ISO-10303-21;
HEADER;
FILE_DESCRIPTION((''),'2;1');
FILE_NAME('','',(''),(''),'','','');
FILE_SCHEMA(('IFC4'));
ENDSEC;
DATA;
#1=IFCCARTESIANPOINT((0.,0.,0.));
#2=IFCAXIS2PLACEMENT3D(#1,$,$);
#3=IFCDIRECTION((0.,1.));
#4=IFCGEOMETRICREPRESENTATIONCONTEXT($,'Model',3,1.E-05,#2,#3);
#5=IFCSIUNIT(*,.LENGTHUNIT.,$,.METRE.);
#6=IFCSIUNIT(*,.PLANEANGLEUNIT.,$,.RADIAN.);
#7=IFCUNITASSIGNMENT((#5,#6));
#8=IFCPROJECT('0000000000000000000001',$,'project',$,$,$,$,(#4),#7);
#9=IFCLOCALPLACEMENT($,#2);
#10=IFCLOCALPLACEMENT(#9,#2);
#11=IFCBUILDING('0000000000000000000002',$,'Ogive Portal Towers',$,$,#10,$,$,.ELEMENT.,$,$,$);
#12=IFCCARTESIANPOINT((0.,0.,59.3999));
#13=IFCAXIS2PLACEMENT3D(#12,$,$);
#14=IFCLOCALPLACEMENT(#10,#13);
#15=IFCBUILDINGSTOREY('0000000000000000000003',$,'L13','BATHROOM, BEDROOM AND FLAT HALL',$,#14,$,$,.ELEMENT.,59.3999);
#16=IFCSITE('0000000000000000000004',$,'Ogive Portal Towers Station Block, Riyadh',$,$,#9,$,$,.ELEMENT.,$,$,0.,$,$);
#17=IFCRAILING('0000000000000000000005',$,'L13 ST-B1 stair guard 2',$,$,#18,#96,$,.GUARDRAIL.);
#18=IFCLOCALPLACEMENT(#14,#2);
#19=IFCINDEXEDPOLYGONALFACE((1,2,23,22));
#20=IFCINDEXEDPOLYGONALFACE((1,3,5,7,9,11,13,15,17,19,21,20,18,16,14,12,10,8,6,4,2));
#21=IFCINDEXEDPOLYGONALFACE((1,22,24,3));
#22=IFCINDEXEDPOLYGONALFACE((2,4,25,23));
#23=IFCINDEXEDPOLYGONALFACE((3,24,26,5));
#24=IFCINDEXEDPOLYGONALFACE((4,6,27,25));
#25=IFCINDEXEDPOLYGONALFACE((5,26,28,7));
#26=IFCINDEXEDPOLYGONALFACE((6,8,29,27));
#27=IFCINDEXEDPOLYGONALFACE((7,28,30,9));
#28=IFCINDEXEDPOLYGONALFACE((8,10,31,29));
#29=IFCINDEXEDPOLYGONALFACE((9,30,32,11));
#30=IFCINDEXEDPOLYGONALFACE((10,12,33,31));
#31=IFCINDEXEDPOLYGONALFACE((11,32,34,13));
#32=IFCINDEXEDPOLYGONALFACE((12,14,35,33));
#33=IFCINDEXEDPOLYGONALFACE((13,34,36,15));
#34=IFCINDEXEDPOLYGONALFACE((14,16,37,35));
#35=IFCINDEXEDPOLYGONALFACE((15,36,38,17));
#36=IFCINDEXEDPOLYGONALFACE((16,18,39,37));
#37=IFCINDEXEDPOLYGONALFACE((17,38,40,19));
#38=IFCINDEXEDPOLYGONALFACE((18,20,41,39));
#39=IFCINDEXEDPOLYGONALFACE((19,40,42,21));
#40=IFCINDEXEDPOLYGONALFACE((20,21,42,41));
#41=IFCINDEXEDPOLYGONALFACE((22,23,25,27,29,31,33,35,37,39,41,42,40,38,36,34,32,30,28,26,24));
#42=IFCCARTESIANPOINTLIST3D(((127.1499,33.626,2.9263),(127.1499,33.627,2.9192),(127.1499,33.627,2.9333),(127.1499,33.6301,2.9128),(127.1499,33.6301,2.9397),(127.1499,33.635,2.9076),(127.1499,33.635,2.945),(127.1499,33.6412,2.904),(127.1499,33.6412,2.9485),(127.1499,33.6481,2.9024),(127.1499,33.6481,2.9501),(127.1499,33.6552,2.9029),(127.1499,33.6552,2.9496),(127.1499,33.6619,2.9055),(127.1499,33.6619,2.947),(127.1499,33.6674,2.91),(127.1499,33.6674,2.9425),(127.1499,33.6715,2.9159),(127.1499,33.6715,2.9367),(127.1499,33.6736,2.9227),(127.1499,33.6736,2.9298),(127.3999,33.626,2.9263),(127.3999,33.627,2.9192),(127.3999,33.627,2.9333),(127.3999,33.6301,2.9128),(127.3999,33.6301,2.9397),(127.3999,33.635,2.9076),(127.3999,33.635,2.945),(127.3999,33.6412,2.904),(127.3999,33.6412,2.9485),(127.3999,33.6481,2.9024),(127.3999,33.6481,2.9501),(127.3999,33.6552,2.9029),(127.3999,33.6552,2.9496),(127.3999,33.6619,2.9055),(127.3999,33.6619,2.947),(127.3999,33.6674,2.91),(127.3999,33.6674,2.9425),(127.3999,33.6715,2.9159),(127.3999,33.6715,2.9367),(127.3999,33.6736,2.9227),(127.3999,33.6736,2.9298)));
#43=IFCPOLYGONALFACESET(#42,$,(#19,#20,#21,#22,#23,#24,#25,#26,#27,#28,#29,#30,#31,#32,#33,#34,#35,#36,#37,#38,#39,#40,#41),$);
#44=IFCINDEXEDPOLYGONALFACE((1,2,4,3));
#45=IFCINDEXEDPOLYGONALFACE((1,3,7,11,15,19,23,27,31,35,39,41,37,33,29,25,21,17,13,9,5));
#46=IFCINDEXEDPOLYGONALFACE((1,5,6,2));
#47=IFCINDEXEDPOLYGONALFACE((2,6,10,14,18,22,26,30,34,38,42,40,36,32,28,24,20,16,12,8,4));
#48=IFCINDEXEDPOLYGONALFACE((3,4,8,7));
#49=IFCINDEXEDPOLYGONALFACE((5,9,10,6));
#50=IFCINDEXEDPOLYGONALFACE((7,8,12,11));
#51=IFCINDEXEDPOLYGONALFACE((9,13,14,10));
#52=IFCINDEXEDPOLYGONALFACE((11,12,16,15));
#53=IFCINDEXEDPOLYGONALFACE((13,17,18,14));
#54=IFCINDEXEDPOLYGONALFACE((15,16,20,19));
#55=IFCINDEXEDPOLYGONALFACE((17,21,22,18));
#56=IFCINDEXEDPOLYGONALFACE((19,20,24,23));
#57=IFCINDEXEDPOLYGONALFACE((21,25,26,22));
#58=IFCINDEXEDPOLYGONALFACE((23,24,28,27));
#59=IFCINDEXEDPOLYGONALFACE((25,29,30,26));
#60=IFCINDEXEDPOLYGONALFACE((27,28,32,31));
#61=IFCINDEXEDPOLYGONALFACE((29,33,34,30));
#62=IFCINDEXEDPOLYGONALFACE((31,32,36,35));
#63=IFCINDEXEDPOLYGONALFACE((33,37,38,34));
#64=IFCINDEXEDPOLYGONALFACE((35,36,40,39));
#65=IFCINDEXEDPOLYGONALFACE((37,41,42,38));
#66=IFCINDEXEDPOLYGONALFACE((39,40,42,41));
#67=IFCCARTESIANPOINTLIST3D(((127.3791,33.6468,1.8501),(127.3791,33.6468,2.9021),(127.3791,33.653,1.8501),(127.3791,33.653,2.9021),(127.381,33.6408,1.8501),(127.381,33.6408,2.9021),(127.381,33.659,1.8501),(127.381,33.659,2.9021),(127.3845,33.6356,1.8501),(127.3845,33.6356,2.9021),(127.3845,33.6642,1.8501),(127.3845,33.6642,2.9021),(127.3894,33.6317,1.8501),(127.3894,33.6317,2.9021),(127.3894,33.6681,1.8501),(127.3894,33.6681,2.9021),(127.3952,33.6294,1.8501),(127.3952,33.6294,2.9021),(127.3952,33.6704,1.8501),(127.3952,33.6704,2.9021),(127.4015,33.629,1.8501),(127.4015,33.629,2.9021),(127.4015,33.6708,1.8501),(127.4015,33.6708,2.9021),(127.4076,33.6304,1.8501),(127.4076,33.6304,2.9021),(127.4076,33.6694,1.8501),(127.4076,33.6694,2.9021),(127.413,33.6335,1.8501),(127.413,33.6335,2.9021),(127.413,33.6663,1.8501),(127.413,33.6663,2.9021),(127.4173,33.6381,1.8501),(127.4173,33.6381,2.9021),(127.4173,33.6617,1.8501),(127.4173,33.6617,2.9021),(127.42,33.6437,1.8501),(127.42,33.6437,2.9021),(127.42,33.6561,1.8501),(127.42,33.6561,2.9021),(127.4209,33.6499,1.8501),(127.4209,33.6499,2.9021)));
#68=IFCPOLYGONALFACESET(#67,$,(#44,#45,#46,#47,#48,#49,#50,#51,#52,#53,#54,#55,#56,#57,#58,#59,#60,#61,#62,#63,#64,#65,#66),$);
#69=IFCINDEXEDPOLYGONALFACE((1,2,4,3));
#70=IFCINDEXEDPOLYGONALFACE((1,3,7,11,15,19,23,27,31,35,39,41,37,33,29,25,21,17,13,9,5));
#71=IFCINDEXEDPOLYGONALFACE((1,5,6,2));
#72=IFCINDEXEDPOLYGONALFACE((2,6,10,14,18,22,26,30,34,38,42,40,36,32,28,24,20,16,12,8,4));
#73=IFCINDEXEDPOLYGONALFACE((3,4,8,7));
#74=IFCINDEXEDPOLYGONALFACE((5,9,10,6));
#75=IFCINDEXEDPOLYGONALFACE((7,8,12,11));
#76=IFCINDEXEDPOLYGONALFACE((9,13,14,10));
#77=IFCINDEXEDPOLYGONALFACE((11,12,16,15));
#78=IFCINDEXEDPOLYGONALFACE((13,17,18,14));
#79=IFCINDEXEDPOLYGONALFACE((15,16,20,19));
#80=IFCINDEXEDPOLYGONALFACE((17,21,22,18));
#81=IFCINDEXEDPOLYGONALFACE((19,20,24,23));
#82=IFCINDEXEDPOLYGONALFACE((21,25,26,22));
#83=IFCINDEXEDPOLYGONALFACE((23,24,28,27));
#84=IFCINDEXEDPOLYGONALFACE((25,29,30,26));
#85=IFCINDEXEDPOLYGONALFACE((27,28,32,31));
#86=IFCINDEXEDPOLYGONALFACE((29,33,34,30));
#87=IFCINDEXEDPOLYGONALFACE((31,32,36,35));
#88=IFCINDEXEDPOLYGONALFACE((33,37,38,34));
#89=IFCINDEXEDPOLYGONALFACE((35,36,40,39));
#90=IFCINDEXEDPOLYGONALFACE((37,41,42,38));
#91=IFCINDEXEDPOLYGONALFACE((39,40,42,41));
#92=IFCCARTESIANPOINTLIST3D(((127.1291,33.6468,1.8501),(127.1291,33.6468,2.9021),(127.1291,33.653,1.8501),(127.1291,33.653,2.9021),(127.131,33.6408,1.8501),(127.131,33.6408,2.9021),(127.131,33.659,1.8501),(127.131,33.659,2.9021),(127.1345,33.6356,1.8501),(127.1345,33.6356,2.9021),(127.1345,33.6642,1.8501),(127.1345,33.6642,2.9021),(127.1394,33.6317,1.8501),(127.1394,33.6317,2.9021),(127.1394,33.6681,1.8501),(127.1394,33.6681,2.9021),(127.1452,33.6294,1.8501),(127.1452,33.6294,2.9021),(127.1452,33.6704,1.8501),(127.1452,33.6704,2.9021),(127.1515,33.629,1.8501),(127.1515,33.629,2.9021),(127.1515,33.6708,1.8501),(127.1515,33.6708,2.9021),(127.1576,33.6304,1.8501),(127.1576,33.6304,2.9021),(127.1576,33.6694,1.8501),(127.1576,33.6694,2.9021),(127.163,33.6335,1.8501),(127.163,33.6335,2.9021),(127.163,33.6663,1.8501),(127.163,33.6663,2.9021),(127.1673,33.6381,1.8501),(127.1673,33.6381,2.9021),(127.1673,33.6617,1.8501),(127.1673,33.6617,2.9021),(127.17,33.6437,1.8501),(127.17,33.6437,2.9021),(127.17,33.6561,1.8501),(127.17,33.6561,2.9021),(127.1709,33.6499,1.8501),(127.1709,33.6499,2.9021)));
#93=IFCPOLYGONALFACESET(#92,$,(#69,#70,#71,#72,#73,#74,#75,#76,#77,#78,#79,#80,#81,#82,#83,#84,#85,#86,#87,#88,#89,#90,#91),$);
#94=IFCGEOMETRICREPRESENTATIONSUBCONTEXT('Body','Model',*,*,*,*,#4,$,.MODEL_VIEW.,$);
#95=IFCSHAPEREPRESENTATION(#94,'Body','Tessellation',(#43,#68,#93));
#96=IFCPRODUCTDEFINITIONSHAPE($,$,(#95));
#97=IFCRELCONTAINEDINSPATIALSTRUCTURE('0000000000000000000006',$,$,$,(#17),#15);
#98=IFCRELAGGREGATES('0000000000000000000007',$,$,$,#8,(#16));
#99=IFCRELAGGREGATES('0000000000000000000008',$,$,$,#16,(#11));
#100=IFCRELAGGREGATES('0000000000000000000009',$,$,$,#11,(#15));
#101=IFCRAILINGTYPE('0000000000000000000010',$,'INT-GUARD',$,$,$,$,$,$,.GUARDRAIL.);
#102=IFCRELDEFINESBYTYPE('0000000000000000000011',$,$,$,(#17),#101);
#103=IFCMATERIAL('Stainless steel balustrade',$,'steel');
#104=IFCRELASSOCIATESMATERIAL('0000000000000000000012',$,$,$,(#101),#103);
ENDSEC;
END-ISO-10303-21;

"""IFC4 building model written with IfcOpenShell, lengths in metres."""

from ifc_helpers import new_model, si_unit, direction, frame, origin, origin_2d, place, context, subcontext, project, spatial, circle, extrude, material, type_object, element, save


model = new_model("IFC4")

# Units and contexts
model_context = context("Model", 3, precision=1e-05, world=origin(), true_north=direction((0.0, 1.0)))
body_context = subcontext(model_context, "Body", "Model", "MODEL_VIEW")
ifc_project = project(units=[si_unit("LENGTHUNIT", "METRE"), si_unit("PLANEANGLEUNIT", "RADIAN")], contexts=[model_context])

# Site, building, storey
site_placement = place(None, origin())
site = spatial("IfcSite", under=ifc_project, at=site_placement, Name="Ogive Portal Towers Station Block, Riyadh", CompositionType="ELEMENT", RefElevation=0.0)
building_placement = place(site_placement, origin())
building = spatial("IfcBuilding", under=site, at=building_placement, Name="Ogive Portal Towers", CompositionType="ELEMENT")
storey_placement = place(building_placement, frame((0.0, 0.0, 59.3999)))
storey = spatial("IfcBuildingStorey", under=building, at=storey_placement, Name="L13", Description="BATHROOM, BEDROOM AND FLAT HALL", CompositionType="ELEMENT", Elevation=59.3999)

# Railing
ifc_material_1 = material(Name="Stainless steel balustrade", Category="steel")
railing_type_1 = type_object("IfcRailingType", Name="INT-GUARD", PredefinedType="GUARDRAIL", material=ifc_material_1)
railing_1_placement = place(storey_placement, frame((127.3999, 33.6499, 1.8501)))
element("IfcRailing", 1, at=railing_1_placement, inside=storey, type_object=railing_type_1, Name="L13 ST-B1 stair guard 2", PredefinedType="GUARDRAIL", context=body_context, shape_type="SweptSolid", body=[
    extrude(circle(Radius=0.0239, at=origin_2d()), frame((0.0, 0.0, 1.0762), z_axis=(-1.0, 0.0, 0.0), x_axis=(0.0, -1.0, 0.0)), (0.0, 0.0, 1.0), 0.25),
    extrude(circle(Radius=0.021, at=origin_2d()), origin(), (0.0, 0.0, 1.0), 1.052),
    extrude(circle(Radius=0.021, at=origin_2d()), frame((-0.25, 0.0, 0.0)), (0.0, 0.0, 1.0), 1.052),
])

save(model, "model.ifc")
